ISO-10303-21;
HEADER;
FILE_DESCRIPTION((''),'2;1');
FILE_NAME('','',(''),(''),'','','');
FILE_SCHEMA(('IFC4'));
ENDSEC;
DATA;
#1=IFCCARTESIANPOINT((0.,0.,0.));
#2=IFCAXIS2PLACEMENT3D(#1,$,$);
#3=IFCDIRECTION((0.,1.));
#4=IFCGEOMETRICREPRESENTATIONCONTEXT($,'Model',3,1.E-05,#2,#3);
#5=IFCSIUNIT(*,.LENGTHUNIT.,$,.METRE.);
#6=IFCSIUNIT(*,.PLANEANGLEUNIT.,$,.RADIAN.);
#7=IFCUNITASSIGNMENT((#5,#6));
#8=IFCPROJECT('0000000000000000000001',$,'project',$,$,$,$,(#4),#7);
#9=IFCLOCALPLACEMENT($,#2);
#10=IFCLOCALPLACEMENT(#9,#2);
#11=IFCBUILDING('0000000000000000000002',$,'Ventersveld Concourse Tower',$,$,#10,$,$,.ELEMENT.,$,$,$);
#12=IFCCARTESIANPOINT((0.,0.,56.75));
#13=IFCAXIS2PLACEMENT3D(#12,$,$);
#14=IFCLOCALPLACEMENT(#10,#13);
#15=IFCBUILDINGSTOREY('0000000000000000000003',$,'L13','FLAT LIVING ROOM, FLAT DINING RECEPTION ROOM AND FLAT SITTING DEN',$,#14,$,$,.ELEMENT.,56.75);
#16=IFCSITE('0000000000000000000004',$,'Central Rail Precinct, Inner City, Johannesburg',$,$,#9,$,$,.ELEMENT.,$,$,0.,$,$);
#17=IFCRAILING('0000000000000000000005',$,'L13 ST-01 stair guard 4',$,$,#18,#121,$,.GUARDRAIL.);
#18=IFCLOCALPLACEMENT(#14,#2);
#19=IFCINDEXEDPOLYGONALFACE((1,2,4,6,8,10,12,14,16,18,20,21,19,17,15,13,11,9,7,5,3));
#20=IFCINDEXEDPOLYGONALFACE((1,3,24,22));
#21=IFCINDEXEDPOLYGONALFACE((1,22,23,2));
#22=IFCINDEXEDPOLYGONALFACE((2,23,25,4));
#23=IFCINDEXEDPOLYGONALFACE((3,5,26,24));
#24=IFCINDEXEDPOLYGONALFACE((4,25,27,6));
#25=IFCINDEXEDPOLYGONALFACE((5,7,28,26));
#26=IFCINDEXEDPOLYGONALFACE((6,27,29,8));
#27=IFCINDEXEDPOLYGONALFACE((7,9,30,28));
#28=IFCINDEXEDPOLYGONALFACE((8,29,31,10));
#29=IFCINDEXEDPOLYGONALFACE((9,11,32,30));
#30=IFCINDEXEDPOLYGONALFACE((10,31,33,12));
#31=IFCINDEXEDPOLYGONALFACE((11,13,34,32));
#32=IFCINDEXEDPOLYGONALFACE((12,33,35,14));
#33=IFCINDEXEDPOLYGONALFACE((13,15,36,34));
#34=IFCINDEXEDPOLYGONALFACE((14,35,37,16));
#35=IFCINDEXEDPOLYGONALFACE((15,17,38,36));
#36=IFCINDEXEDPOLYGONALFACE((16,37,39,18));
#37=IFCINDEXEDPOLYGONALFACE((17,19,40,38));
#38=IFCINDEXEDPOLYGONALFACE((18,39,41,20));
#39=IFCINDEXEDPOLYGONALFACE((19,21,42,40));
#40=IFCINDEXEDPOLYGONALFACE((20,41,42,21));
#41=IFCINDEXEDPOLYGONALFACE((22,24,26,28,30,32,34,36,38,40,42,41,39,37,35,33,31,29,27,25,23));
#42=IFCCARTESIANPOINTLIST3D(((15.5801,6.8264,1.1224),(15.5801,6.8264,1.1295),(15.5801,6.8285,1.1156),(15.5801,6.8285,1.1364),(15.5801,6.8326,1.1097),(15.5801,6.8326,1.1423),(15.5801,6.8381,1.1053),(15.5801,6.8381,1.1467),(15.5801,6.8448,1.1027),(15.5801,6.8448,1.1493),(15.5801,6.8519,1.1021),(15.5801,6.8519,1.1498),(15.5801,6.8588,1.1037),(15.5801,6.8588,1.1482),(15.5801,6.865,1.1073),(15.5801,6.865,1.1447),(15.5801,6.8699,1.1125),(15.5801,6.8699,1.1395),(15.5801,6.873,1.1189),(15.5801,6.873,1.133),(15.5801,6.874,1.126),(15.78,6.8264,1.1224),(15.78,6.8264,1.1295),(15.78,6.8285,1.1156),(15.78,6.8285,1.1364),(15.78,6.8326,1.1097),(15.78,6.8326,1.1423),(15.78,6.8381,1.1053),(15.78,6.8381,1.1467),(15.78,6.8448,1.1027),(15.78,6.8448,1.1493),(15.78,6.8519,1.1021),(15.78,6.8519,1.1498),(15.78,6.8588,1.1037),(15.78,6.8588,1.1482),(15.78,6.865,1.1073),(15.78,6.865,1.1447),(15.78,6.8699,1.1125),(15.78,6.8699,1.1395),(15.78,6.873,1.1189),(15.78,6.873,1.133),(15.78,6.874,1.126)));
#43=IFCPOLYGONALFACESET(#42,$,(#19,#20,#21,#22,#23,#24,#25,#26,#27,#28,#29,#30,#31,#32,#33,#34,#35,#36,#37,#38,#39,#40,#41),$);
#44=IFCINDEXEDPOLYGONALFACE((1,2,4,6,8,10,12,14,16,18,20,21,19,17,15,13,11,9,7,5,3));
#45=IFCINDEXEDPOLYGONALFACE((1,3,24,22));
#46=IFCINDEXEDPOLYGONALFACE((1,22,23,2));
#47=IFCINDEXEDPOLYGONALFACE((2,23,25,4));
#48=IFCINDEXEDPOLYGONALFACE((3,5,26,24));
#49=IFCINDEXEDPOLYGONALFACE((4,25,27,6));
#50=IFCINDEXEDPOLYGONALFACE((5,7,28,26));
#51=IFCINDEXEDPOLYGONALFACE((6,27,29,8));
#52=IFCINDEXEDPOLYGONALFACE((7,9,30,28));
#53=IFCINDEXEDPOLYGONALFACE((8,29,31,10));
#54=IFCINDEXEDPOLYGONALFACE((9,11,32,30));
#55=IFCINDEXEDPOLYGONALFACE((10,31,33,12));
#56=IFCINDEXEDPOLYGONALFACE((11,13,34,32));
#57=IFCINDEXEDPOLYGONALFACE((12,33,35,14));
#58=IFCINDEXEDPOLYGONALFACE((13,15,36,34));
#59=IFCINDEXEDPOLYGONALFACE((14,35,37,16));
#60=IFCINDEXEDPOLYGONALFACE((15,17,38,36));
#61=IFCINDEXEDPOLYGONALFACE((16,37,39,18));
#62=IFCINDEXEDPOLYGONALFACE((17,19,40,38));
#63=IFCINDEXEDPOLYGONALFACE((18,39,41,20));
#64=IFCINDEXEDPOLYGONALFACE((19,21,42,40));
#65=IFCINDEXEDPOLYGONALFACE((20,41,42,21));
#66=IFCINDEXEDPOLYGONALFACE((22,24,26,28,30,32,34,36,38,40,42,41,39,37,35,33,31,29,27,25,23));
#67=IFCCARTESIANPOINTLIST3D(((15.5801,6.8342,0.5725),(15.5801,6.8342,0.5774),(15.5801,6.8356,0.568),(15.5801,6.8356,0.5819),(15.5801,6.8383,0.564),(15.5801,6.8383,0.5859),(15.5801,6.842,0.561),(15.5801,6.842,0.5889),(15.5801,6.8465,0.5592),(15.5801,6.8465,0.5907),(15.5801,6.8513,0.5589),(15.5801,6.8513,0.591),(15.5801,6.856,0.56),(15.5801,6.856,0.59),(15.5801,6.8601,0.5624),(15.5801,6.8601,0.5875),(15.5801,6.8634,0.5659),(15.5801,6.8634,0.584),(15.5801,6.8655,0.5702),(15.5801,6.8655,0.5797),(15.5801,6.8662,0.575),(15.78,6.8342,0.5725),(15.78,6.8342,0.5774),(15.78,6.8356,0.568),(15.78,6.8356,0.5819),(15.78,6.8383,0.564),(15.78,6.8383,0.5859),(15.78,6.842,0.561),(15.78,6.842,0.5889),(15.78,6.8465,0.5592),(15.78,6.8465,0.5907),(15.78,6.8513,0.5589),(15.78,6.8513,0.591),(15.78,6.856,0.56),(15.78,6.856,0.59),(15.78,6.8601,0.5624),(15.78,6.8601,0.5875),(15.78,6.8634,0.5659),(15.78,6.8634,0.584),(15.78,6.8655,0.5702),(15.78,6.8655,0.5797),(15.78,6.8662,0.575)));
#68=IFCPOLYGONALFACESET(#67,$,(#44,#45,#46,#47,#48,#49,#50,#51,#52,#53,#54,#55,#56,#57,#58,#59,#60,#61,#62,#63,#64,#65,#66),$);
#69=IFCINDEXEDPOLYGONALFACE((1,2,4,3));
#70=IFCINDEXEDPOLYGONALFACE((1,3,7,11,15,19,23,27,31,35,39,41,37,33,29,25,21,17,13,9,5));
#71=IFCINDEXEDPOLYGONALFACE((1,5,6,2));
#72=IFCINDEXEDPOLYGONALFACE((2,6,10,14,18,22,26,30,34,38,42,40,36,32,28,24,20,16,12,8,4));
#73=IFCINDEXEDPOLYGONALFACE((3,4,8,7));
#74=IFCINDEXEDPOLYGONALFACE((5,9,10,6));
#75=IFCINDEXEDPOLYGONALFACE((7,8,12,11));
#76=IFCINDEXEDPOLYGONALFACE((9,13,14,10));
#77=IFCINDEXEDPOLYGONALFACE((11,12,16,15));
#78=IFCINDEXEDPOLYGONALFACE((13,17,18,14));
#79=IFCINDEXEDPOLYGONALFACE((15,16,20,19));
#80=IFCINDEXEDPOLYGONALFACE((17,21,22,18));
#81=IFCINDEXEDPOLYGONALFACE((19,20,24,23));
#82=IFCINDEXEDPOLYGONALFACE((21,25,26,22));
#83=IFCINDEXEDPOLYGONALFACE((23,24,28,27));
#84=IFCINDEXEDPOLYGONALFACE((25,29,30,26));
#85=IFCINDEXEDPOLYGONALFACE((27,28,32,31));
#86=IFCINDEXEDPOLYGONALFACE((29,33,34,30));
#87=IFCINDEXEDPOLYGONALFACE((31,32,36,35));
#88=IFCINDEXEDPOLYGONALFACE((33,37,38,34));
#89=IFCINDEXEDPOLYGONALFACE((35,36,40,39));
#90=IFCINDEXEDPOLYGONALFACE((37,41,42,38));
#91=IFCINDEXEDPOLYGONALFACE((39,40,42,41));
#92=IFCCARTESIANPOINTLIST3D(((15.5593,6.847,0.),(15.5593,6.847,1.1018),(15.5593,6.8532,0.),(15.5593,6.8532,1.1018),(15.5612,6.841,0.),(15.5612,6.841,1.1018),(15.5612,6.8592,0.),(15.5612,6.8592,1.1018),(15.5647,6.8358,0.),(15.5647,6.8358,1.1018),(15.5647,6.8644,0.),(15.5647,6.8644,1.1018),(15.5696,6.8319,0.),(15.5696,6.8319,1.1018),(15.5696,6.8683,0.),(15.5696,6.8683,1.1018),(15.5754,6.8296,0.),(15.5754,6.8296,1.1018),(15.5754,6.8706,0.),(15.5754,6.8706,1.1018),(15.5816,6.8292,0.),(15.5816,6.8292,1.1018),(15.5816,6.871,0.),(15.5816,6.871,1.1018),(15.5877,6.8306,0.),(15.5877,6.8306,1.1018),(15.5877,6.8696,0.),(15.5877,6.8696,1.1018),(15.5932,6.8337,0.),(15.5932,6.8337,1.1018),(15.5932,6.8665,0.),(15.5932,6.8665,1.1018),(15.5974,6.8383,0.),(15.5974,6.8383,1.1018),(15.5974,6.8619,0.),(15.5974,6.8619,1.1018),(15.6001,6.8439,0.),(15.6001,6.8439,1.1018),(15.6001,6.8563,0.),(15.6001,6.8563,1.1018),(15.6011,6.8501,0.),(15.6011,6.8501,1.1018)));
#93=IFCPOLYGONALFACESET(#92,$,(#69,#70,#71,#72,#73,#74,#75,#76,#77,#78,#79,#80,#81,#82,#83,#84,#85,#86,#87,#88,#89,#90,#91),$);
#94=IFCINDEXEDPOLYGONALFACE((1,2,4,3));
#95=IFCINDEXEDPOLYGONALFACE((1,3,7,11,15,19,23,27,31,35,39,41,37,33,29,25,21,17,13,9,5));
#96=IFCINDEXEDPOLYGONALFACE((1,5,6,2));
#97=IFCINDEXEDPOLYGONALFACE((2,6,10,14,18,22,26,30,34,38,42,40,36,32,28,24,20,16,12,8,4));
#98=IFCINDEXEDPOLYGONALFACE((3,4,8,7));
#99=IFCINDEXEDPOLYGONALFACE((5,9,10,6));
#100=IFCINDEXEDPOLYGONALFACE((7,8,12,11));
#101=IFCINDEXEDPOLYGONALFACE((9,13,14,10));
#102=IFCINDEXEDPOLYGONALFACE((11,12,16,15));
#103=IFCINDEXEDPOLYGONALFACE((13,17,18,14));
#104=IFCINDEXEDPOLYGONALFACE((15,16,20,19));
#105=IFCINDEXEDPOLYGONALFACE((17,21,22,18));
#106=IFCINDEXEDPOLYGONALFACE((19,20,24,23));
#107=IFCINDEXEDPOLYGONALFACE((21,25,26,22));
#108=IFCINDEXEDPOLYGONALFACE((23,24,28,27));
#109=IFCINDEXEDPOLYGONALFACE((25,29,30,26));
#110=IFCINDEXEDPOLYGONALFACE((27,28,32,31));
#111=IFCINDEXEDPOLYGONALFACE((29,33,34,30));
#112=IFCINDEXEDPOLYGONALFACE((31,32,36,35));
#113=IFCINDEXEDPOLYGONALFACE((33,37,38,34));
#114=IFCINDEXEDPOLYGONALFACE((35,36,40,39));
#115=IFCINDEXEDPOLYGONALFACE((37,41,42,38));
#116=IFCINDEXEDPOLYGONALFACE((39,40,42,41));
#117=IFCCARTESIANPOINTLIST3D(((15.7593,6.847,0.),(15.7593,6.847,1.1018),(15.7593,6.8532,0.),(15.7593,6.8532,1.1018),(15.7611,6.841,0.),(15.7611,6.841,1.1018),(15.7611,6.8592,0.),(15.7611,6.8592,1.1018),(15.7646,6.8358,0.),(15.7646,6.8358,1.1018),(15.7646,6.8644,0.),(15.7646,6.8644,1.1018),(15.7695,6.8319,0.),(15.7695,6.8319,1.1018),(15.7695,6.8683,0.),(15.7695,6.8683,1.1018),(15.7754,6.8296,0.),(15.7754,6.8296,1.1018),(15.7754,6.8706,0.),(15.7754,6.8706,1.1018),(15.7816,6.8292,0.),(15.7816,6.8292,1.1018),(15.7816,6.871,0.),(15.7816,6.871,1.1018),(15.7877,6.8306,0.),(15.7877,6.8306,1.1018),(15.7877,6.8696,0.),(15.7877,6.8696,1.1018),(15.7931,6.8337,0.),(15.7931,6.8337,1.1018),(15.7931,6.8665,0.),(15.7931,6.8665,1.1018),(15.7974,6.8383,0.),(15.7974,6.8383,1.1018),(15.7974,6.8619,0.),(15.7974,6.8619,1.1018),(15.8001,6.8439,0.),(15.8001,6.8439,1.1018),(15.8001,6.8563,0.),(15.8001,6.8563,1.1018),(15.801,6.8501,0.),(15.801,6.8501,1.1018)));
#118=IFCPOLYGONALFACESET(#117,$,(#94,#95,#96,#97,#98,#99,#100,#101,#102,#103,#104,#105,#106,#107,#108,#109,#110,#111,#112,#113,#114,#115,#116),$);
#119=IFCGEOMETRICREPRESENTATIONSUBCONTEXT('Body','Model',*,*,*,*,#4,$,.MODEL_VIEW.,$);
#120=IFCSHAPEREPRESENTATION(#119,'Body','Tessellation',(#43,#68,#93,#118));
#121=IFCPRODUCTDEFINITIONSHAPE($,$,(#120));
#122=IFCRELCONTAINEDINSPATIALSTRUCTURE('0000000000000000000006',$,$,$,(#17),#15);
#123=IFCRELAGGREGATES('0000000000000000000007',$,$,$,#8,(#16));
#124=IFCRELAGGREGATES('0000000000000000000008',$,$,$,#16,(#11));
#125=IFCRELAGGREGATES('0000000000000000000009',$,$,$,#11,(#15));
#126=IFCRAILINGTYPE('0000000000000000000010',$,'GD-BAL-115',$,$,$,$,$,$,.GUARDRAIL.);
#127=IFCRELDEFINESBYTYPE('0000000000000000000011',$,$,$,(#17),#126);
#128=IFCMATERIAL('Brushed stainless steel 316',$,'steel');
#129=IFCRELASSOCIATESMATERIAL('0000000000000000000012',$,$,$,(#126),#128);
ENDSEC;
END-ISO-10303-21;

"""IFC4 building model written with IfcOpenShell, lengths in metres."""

from ifc_helpers import new_model, si_unit, direction, frame, origin, origin_2d, place, context, subcontext, project, spatial, circle, extrude, material, type_object, element, save


model = new_model("IFC4")

# Units and contexts
model_context = context("Model", 3, precision=1e-05, world=origin(), true_north=direction((0.0, 1.0)))
body_context = subcontext(model_context, "Body", "Model", "MODEL_VIEW")
ifc_project = project(units=[si_unit("LENGTHUNIT", "METRE"), si_unit("PLANEANGLEUNIT", "RADIAN")], contexts=[model_context])

# Site, building, storey
site_placement = place(None, origin())
site = spatial("IfcSite", under=ifc_project, at=site_placement, Name="Central Rail Precinct, Inner City, Johannesburg", CompositionType="ELEMENT", RefElevation=0.0)
building_placement = place(site_placement, origin())
building = spatial("IfcBuilding", under=site, at=building_placement, Name="Ventersveld Concourse Tower", CompositionType="ELEMENT")
storey_placement = place(building_placement, frame((0.0, 0.0, 56.75)))
storey = spatial("IfcBuildingStorey", under=building, at=storey_placement, Name="L13", Description="FLAT LIVING ROOM, FLAT DINING RECEPTION ROOM AND FLAT SITTING DEN", CompositionType="ELEMENT", Elevation=56.75)

# Shared definitions
ifc_material_1 = material(Name="Brushed stainless steel 316", Category="steel")

# Railing
railing_type = type_object("IfcRailingType", Name="GD-BAL-115", PredefinedType="GUARDRAIL", material=ifc_material_1)
railing_1_placement = place(storey_placement, frame((15.5801, 6.8501, 0.0)))
element("IfcRailing", 1, at=railing_1_placement, inside=storey, type_object=railing_type, Name="L13 ST-01 stair guard 4", PredefinedType="GUARDRAIL", context=body_context, shape_type="SweptSolid", body=[
    extrude(circle(Radius=0.0239, at=origin_2d()), frame((0.0, 0.0, 1.126), z_axis=(1.0, 0.0, 0.0), x_axis=(0.0, 1.0, 0.0)), (0.0, 0.0, 1.0), 0.2),
    extrude(circle(Radius=0.0161, at=origin_2d()), frame((0.0, 0.0, 0.575), z_axis=(1.0, 0.0, 0.0), x_axis=(0.0, 1.0, 0.0)), (0.0, 0.0, 1.0), 0.2),
    extrude(circle(Radius=0.021, at=origin_2d()), origin(), (0.0, 0.0, 1.0), 1.1018),
    extrude(circle(Radius=0.021, at=origin_2d()), frame((0.2, 0.0, 0.0)), (0.0, 0.0, 1.0), 1.1018),
])

save(model, "model.ifc")
